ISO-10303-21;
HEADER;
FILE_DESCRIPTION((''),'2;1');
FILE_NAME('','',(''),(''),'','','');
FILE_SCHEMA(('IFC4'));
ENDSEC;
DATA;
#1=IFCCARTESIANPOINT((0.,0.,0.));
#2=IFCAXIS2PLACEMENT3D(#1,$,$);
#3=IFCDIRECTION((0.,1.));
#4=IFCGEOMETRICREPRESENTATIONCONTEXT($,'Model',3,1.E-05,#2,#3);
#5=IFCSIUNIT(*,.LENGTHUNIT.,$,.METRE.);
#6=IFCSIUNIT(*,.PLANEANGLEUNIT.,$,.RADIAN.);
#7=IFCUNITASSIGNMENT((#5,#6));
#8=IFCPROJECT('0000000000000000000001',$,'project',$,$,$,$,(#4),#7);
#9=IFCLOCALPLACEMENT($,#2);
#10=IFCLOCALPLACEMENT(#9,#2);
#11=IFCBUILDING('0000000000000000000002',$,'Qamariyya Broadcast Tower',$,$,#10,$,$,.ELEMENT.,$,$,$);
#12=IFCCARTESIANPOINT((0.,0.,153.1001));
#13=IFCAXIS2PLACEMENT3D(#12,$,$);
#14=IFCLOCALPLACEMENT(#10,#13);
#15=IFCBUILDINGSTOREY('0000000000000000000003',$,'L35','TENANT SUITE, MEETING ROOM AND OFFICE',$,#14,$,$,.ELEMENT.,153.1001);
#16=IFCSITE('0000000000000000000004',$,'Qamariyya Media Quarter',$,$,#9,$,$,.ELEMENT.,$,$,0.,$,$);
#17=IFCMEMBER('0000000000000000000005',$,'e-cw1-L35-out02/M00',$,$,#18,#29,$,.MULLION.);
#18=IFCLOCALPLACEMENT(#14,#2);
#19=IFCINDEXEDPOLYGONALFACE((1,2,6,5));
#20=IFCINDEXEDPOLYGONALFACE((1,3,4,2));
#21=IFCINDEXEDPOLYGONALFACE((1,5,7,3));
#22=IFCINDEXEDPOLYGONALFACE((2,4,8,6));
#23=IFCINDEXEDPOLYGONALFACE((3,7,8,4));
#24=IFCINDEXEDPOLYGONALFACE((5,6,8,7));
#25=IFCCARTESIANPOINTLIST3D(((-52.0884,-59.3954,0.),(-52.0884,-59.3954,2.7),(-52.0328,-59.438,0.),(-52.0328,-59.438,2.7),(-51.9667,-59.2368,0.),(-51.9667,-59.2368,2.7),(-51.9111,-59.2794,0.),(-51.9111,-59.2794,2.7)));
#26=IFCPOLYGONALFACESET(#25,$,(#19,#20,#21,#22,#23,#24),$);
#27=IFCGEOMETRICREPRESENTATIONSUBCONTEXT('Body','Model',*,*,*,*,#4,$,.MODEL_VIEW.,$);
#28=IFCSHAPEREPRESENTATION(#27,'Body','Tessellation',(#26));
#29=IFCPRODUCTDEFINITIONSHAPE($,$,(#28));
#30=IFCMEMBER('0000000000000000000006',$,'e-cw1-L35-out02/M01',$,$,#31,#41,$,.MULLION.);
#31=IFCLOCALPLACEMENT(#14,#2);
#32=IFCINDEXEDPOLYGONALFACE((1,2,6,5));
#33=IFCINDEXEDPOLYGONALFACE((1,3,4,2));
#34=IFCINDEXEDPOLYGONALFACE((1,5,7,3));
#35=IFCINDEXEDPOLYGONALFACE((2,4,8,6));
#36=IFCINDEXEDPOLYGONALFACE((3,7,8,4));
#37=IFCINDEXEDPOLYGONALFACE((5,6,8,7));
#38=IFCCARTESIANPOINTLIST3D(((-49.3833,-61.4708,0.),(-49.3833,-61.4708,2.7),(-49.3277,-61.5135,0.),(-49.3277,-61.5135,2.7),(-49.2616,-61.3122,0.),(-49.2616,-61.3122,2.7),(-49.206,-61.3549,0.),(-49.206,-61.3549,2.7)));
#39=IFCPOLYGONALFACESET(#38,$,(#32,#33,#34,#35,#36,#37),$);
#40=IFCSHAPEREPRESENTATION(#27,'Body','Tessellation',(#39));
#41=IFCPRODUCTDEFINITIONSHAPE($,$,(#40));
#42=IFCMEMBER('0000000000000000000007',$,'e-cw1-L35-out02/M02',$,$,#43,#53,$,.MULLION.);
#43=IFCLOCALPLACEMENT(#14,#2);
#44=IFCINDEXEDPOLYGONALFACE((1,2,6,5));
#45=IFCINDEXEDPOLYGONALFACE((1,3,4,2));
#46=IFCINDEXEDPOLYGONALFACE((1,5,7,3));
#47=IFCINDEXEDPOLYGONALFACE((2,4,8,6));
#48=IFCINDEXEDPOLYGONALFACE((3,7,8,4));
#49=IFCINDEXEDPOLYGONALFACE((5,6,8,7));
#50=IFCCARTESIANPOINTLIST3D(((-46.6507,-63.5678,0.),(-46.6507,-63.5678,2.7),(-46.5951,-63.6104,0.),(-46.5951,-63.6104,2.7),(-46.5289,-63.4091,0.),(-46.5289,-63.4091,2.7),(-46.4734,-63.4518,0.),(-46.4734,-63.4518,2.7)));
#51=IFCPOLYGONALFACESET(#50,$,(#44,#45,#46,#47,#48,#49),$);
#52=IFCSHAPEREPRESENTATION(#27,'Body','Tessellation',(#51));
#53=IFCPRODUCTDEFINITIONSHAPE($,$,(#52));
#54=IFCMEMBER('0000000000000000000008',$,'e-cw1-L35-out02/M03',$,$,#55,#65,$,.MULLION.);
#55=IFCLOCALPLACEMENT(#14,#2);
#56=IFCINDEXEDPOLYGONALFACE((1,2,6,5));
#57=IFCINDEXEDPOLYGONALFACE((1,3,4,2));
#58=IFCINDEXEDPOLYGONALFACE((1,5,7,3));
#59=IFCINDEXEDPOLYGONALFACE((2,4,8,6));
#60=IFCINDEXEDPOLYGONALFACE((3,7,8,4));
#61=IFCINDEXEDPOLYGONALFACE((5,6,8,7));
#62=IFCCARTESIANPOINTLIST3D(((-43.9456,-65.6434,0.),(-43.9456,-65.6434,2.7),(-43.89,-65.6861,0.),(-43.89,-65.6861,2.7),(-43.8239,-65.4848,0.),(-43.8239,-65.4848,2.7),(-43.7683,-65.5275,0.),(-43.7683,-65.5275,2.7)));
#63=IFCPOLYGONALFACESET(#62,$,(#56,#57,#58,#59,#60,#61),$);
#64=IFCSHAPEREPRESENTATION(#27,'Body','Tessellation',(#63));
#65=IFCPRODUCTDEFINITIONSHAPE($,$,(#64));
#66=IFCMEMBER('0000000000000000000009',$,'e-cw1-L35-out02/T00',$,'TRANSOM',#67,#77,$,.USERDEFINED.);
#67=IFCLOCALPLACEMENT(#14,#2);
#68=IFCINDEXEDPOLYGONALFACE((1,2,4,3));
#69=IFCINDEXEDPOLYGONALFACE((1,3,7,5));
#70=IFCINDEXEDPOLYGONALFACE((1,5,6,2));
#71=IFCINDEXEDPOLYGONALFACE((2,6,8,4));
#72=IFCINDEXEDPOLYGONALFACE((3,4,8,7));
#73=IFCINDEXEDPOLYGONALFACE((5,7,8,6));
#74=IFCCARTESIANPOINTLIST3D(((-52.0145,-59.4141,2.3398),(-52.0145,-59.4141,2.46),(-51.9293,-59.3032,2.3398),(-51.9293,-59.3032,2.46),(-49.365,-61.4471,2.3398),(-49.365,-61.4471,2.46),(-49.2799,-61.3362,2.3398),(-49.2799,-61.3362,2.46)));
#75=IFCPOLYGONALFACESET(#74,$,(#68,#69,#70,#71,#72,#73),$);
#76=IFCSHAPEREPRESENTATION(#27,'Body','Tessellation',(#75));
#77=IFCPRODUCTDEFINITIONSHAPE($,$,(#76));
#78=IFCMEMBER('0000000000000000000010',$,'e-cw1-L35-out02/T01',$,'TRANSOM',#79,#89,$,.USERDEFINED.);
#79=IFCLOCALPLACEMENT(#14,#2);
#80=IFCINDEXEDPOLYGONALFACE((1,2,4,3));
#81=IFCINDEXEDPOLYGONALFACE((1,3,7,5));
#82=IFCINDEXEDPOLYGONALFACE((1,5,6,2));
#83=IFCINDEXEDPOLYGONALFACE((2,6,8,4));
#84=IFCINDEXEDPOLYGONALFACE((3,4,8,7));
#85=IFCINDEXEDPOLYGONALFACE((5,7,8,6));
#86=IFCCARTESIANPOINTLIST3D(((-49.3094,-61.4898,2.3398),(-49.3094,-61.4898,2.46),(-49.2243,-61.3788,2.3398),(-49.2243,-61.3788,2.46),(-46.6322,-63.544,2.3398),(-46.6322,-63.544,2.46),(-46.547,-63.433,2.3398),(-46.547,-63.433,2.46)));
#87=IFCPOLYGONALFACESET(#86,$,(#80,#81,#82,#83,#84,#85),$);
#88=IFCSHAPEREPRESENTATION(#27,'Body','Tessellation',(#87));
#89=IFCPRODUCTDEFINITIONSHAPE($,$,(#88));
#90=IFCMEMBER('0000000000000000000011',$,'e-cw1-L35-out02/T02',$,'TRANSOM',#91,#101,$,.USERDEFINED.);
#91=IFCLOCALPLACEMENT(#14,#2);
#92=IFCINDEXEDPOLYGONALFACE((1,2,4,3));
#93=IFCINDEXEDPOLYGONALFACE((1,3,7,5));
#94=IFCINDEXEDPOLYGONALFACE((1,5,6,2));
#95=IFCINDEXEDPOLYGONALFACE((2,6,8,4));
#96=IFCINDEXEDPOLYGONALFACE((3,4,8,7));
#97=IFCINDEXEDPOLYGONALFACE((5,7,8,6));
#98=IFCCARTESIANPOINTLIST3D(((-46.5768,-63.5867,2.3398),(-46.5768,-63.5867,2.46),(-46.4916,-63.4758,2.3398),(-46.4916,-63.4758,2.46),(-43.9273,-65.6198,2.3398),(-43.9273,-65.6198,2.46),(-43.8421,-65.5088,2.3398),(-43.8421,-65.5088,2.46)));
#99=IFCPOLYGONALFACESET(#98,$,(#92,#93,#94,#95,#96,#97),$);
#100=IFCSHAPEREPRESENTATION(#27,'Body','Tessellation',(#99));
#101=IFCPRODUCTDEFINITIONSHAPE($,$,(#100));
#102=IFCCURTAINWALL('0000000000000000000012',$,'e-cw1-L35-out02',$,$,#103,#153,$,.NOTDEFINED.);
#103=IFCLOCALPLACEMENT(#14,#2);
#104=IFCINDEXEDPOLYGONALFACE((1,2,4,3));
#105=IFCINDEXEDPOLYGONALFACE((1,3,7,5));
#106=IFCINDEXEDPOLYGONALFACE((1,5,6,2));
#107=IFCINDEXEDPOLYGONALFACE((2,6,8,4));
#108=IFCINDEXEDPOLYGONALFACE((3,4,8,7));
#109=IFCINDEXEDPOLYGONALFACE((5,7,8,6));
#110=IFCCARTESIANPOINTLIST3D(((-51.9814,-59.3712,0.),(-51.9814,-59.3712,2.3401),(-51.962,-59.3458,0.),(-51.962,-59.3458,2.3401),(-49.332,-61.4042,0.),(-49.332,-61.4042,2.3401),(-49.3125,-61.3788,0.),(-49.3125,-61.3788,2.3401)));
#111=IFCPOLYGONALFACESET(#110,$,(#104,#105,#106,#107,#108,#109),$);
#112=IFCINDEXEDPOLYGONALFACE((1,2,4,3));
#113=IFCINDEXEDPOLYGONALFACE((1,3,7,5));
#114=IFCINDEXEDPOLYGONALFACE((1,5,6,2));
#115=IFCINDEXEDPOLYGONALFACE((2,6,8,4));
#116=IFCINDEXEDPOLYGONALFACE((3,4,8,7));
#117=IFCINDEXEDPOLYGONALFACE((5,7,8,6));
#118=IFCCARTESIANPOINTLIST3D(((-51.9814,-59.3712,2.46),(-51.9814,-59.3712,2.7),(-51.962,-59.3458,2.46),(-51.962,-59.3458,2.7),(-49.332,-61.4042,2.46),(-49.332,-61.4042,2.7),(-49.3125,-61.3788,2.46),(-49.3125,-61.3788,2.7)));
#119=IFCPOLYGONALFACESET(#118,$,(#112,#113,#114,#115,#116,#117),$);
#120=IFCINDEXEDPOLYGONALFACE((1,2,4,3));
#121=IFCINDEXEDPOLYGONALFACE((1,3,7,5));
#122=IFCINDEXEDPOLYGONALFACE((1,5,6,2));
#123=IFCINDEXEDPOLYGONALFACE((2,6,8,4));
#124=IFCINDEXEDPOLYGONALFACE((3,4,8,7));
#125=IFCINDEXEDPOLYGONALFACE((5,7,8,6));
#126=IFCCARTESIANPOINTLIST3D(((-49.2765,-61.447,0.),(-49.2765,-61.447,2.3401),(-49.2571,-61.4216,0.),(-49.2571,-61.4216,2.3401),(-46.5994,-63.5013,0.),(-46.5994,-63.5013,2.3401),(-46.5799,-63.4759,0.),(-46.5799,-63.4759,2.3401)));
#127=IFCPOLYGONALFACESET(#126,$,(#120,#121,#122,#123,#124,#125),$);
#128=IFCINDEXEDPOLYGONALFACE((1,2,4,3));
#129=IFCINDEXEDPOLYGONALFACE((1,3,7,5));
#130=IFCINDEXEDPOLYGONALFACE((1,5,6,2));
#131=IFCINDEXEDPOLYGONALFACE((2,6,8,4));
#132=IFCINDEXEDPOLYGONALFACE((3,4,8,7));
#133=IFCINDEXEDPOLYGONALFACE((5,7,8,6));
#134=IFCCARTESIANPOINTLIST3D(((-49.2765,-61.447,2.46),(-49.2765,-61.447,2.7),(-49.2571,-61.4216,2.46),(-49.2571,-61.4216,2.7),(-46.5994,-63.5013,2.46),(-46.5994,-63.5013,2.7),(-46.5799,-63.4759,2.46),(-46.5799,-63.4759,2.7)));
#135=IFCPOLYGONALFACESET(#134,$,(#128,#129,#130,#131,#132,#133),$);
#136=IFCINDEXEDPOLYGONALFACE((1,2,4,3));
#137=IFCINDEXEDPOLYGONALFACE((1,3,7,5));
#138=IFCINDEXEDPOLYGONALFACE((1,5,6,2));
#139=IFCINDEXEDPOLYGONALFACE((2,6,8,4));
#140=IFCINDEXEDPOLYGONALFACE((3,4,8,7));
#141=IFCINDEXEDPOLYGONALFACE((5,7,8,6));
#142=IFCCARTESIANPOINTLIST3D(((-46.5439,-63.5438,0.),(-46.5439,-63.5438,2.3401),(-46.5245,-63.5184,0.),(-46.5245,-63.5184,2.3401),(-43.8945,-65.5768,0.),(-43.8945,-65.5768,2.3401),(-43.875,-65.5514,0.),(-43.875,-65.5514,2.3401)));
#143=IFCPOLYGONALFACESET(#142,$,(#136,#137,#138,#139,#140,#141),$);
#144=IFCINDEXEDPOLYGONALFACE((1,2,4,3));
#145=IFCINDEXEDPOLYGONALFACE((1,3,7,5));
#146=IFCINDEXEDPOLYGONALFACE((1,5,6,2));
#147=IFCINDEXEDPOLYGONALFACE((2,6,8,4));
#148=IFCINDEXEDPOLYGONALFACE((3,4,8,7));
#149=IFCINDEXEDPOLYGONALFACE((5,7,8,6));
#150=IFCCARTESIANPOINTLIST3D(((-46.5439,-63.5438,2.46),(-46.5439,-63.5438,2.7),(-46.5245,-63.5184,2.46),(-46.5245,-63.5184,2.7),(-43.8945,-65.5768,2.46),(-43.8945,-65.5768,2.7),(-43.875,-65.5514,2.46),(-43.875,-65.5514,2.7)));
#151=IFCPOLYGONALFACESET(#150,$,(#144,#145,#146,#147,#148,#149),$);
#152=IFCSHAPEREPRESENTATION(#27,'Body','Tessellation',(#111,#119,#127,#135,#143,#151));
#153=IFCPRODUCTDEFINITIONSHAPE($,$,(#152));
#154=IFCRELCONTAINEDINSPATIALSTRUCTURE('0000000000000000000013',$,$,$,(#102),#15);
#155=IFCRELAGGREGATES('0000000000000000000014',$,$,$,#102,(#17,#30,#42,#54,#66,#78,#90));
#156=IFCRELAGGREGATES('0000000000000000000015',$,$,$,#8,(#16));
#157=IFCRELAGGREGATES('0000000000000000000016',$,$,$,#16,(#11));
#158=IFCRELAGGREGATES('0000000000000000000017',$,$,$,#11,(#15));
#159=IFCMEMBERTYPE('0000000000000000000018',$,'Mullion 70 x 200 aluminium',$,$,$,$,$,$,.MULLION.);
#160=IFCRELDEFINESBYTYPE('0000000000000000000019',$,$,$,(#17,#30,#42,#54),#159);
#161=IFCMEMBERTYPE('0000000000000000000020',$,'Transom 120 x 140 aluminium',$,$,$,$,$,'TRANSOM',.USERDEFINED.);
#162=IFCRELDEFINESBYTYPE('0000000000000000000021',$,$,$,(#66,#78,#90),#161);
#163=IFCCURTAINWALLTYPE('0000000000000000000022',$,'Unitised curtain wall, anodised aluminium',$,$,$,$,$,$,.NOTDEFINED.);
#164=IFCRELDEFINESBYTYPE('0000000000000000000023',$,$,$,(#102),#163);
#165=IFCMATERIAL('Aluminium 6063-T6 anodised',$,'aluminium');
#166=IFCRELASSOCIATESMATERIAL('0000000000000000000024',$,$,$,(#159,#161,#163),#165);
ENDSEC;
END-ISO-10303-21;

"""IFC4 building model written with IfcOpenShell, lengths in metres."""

from ifc_helpers import new_model, si_unit, direction, frame, origin, origin_2d, place, context, subcontext, project, spatial, rectangle, extrude, material, material_profile, profile_set, type_object, element, aggregate, save


model = new_model("IFC4")

# Units and contexts
model_context = context("Model", 3, precision=1e-05, world=origin(), true_north=direction((0.0, 1.0)))
body_context = subcontext(model_context, "Body", "Model", "MODEL_VIEW")
ifc_project = project(units=[si_unit("LENGTHUNIT", "METRE"), si_unit("PLANEANGLEUNIT", "RADIAN")], contexts=[model_context])

# Members
ifc_material_1 = material(Name="Aluminium 6063-T6 anodised", Category="aluminium")
ifc_material_profile_1 = material_profile(ifc_material_1, rectangle(XDim=0.2, YDim=0.0701, at=origin_2d()))
ifc_profile_set_1 = profile_set([ifc_material_profile_1], Name="Aluminium 6063-T6 anodised")
member_type_1 = type_object("IfcMemberType", Name="Mullion 70 x 200 aluminium", PredefinedType="MULLION", material=ifc_profile_set_1)
site_placement = place(None, origin())
building_placement = place(site_placement, origin())
storey_placement = place(building_placement, frame((0.0, 0.0, 153.1001)))
member_1_placement = place(storey_placement, frame((-51.9998, -59.3374, 0.0), z_axis=(0.0, 0.0, 1.0), x_axis=(0.608761, 0.793353, 0.0)))
member_1 = element("IfcMember", 1, at=member_1_placement, type_object=member_type_1, Name="e-cw1-L35-out02/M00", PredefinedType="MULLION", context=body_context, shape_type="SweptSolid", body=[
    extrude(rectangle(XDim=0.2, YDim=0.0701, at=origin_2d()), origin(), (0.0, 0.0, 1.0), 2.7),
])
member_2_placement = place(storey_placement, frame((-49.2947, -61.4128, 0.0), z_axis=(0.0, 0.0, 1.0), x_axis=(0.608761, 0.793353, 0.0)))
member_2 = element("IfcMember", 2, at=member_2_placement, type_object=member_type_1, Name="e-cw1-L35-out02/M01", PredefinedType="MULLION", context=body_context, shape_type="SweptSolid", body=[
    extrude(rectangle(XDim=0.2, YDim=0.0701, at=origin_2d()), origin(), (0.0, 0.0, 1.0), 2.7),
])
member_3_placement = place(storey_placement, frame((-46.562, -63.5098, 0.0), z_axis=(0.0, 0.0, 1.0), x_axis=(0.608761, 0.793353, 0.0)))
member_3 = element("IfcMember", 3, at=member_3_placement, type_object=member_type_1, Name="e-cw1-L35-out02/M02", PredefinedType="MULLION", context=body_context, shape_type="SweptSolid", body=[
    extrude(rectangle(XDim=0.2, YDim=0.0701, at=origin_2d()), origin(), (0.0, 0.0, 1.0), 2.7),
])
member_4_placement = place(storey_placement, frame((-43.8569, -65.5854, 0.0), z_axis=(0.0, 0.0, 1.0), x_axis=(0.608761, 0.793353, 0.0)))
member_4 = element("IfcMember", 4, at=member_4_placement, type_object=member_type_1, Name="e-cw1-L35-out02/M03", PredefinedType="MULLION", context=body_context, shape_type="SweptSolid", body=[
    extrude(rectangle(XDim=0.2, YDim=0.0701, at=origin_2d()), origin(), (0.0, 0.0, 1.0), 2.7),
])
ifc_material_profile_2 = material_profile(ifc_material_1, rectangle(XDim=0.1399, YDim=0.1201, at=origin_2d()))
ifc_profile_set_2 = profile_set([ifc_material_profile_2], Name="Aluminium 6063-T6 anodised")
member_type_2 = type_object("IfcMemberType", Name="Transom 120 x 140 aluminium", ElementType="TRANSOM", PredefinedType="USERDEFINED", material=ifc_profile_set_2)
member_5_placement = place(storey_placement, frame((-51.9719, -59.3586, 2.3999), z_axis=(0.793354, -0.60876, 0.0), x_axis=(0.60876, 0.793354, 0.0)))
member_5 = element("IfcMember", 5, at=member_5_placement, type_object=member_type_2, Name="e-cw1-L35-out02/T00", ObjectType="TRANSOM", PredefinedType="USERDEFINED", context=body_context, shape_type="SweptSolid", body=[
    extrude(rectangle(XDim=0.1399, YDim=0.1201, at=origin_2d()), origin(), (0.0, 0.0, 1.0), 3.3396),
])
member_6_placement = place(storey_placement, frame((-49.2668, -61.4343, 2.3999), z_axis=(0.793371, -0.608738, 0.0), x_axis=(0.608738, 0.793371, 0.0)))
member_6 = element("IfcMember", 6, at=member_6_placement, type_object=member_type_2, Name="e-cw1-L35-out02/T01", ObjectType="TRANSOM", PredefinedType="USERDEFINED", context=body_context, shape_type="SweptSolid", body=[
    extrude(rectangle(XDim=0.1399, YDim=0.1201, at=origin_2d()), origin(), (0.0, 0.0, 1.0), 3.3745),
])
member_7_placement = place(storey_placement, frame((-46.5342, -63.5312, 2.3999), z_axis=(0.793354, -0.60876, 0.0), x_axis=(0.60876, 0.793354, 0.0)))
member_7 = element("IfcMember", 7, at=member_7_placement, type_object=member_type_2, Name="e-cw1-L35-out02/T02", ObjectType="TRANSOM", PredefinedType="USERDEFINED", context=body_context, shape_type="SweptSolid", body=[
    extrude(rectangle(XDim=0.1399, YDim=0.1201, at=origin_2d()), origin(), (0.0, 0.0, 1.0), 3.3396),
])

# Site, building, storey
site = spatial("IfcSite", under=ifc_project, at=site_placement, Name="Qamariyya Media Quarter", CompositionType="ELEMENT", RefElevation=0.0)
building = spatial("IfcBuilding", under=site, at=building_placement, Name="Qamariyya Broadcast Tower", CompositionType="ELEMENT")
storey = spatial("IfcBuildingStorey", under=building, at=storey_placement, Name="L35", Description="TENANT SUITE, MEETING ROOM AND OFFICE", CompositionType="ELEMENT", Elevation=153.1001)

# Curtain wall
curtain_wall_type = type_object("IfcCurtainWallType", Name="Unitised curtain wall, anodised aluminium", PredefinedType="NOTDEFINED", material=ifc_material_1)
curtain_wall_1_placement = place(storey_placement, origin())
curtain_wall_1 = element("IfcCurtainWall", 8, at=curtain_wall_1_placement, inside=storey, type_object=curtain_wall_type, Name="e-cw1-L35-out02", PredefinedType="NOTDEFINED", context=body_context, shape_type="SweptSolid", body=[
    extrude(rectangle(XDim=3.3396, YDim=0.032, at=origin_2d()), frame((-50.647, -60.375, 0.0), x_axis=(0.793352, -0.608764, 0.0)), (0.0, 0.0, 1.0), 2.3401),
    extrude(rectangle(XDim=3.3396, YDim=0.032, at=origin_2d()), frame((-50.647, -60.375, 2.46), x_axis=(0.793352, -0.608764, 0.0)), (0.0, 0.0, 1.0), 0.24),
    extrude(rectangle(XDim=3.3745, YDim=0.032, at=origin_2d()), frame((-47.9282, -62.4614, 0.0), x_axis=(0.793352, -0.608764, 0.0)), (0.0, 0.0, 1.0), 2.3401),
    extrude(rectangle(XDim=3.3745, YDim=0.032, at=origin_2d()), frame((-47.9282, -62.4614, 2.46), x_axis=(0.793352, -0.608764, 0.0)), (0.0, 0.0, 1.0), 0.24),
    extrude(rectangle(XDim=3.3396, YDim=0.032, at=origin_2d()), frame((-45.2095, -64.5476, 0.0), x_axis=(0.793352, -0.608764, 0.0)), (0.0, 0.0, 1.0), 2.3401),
    extrude(rectangle(XDim=3.3396, YDim=0.032, at=origin_2d()), frame((-45.2095, -64.5476, 2.46), x_axis=(0.793352, -0.608764, 0.0)), (0.0, 0.0, 1.0), 0.24),
])
aggregate(curtain_wall_1, [member_1, member_2, member_3, member_4, member_5, member_6, member_7])

save(model, "model.ifc")
